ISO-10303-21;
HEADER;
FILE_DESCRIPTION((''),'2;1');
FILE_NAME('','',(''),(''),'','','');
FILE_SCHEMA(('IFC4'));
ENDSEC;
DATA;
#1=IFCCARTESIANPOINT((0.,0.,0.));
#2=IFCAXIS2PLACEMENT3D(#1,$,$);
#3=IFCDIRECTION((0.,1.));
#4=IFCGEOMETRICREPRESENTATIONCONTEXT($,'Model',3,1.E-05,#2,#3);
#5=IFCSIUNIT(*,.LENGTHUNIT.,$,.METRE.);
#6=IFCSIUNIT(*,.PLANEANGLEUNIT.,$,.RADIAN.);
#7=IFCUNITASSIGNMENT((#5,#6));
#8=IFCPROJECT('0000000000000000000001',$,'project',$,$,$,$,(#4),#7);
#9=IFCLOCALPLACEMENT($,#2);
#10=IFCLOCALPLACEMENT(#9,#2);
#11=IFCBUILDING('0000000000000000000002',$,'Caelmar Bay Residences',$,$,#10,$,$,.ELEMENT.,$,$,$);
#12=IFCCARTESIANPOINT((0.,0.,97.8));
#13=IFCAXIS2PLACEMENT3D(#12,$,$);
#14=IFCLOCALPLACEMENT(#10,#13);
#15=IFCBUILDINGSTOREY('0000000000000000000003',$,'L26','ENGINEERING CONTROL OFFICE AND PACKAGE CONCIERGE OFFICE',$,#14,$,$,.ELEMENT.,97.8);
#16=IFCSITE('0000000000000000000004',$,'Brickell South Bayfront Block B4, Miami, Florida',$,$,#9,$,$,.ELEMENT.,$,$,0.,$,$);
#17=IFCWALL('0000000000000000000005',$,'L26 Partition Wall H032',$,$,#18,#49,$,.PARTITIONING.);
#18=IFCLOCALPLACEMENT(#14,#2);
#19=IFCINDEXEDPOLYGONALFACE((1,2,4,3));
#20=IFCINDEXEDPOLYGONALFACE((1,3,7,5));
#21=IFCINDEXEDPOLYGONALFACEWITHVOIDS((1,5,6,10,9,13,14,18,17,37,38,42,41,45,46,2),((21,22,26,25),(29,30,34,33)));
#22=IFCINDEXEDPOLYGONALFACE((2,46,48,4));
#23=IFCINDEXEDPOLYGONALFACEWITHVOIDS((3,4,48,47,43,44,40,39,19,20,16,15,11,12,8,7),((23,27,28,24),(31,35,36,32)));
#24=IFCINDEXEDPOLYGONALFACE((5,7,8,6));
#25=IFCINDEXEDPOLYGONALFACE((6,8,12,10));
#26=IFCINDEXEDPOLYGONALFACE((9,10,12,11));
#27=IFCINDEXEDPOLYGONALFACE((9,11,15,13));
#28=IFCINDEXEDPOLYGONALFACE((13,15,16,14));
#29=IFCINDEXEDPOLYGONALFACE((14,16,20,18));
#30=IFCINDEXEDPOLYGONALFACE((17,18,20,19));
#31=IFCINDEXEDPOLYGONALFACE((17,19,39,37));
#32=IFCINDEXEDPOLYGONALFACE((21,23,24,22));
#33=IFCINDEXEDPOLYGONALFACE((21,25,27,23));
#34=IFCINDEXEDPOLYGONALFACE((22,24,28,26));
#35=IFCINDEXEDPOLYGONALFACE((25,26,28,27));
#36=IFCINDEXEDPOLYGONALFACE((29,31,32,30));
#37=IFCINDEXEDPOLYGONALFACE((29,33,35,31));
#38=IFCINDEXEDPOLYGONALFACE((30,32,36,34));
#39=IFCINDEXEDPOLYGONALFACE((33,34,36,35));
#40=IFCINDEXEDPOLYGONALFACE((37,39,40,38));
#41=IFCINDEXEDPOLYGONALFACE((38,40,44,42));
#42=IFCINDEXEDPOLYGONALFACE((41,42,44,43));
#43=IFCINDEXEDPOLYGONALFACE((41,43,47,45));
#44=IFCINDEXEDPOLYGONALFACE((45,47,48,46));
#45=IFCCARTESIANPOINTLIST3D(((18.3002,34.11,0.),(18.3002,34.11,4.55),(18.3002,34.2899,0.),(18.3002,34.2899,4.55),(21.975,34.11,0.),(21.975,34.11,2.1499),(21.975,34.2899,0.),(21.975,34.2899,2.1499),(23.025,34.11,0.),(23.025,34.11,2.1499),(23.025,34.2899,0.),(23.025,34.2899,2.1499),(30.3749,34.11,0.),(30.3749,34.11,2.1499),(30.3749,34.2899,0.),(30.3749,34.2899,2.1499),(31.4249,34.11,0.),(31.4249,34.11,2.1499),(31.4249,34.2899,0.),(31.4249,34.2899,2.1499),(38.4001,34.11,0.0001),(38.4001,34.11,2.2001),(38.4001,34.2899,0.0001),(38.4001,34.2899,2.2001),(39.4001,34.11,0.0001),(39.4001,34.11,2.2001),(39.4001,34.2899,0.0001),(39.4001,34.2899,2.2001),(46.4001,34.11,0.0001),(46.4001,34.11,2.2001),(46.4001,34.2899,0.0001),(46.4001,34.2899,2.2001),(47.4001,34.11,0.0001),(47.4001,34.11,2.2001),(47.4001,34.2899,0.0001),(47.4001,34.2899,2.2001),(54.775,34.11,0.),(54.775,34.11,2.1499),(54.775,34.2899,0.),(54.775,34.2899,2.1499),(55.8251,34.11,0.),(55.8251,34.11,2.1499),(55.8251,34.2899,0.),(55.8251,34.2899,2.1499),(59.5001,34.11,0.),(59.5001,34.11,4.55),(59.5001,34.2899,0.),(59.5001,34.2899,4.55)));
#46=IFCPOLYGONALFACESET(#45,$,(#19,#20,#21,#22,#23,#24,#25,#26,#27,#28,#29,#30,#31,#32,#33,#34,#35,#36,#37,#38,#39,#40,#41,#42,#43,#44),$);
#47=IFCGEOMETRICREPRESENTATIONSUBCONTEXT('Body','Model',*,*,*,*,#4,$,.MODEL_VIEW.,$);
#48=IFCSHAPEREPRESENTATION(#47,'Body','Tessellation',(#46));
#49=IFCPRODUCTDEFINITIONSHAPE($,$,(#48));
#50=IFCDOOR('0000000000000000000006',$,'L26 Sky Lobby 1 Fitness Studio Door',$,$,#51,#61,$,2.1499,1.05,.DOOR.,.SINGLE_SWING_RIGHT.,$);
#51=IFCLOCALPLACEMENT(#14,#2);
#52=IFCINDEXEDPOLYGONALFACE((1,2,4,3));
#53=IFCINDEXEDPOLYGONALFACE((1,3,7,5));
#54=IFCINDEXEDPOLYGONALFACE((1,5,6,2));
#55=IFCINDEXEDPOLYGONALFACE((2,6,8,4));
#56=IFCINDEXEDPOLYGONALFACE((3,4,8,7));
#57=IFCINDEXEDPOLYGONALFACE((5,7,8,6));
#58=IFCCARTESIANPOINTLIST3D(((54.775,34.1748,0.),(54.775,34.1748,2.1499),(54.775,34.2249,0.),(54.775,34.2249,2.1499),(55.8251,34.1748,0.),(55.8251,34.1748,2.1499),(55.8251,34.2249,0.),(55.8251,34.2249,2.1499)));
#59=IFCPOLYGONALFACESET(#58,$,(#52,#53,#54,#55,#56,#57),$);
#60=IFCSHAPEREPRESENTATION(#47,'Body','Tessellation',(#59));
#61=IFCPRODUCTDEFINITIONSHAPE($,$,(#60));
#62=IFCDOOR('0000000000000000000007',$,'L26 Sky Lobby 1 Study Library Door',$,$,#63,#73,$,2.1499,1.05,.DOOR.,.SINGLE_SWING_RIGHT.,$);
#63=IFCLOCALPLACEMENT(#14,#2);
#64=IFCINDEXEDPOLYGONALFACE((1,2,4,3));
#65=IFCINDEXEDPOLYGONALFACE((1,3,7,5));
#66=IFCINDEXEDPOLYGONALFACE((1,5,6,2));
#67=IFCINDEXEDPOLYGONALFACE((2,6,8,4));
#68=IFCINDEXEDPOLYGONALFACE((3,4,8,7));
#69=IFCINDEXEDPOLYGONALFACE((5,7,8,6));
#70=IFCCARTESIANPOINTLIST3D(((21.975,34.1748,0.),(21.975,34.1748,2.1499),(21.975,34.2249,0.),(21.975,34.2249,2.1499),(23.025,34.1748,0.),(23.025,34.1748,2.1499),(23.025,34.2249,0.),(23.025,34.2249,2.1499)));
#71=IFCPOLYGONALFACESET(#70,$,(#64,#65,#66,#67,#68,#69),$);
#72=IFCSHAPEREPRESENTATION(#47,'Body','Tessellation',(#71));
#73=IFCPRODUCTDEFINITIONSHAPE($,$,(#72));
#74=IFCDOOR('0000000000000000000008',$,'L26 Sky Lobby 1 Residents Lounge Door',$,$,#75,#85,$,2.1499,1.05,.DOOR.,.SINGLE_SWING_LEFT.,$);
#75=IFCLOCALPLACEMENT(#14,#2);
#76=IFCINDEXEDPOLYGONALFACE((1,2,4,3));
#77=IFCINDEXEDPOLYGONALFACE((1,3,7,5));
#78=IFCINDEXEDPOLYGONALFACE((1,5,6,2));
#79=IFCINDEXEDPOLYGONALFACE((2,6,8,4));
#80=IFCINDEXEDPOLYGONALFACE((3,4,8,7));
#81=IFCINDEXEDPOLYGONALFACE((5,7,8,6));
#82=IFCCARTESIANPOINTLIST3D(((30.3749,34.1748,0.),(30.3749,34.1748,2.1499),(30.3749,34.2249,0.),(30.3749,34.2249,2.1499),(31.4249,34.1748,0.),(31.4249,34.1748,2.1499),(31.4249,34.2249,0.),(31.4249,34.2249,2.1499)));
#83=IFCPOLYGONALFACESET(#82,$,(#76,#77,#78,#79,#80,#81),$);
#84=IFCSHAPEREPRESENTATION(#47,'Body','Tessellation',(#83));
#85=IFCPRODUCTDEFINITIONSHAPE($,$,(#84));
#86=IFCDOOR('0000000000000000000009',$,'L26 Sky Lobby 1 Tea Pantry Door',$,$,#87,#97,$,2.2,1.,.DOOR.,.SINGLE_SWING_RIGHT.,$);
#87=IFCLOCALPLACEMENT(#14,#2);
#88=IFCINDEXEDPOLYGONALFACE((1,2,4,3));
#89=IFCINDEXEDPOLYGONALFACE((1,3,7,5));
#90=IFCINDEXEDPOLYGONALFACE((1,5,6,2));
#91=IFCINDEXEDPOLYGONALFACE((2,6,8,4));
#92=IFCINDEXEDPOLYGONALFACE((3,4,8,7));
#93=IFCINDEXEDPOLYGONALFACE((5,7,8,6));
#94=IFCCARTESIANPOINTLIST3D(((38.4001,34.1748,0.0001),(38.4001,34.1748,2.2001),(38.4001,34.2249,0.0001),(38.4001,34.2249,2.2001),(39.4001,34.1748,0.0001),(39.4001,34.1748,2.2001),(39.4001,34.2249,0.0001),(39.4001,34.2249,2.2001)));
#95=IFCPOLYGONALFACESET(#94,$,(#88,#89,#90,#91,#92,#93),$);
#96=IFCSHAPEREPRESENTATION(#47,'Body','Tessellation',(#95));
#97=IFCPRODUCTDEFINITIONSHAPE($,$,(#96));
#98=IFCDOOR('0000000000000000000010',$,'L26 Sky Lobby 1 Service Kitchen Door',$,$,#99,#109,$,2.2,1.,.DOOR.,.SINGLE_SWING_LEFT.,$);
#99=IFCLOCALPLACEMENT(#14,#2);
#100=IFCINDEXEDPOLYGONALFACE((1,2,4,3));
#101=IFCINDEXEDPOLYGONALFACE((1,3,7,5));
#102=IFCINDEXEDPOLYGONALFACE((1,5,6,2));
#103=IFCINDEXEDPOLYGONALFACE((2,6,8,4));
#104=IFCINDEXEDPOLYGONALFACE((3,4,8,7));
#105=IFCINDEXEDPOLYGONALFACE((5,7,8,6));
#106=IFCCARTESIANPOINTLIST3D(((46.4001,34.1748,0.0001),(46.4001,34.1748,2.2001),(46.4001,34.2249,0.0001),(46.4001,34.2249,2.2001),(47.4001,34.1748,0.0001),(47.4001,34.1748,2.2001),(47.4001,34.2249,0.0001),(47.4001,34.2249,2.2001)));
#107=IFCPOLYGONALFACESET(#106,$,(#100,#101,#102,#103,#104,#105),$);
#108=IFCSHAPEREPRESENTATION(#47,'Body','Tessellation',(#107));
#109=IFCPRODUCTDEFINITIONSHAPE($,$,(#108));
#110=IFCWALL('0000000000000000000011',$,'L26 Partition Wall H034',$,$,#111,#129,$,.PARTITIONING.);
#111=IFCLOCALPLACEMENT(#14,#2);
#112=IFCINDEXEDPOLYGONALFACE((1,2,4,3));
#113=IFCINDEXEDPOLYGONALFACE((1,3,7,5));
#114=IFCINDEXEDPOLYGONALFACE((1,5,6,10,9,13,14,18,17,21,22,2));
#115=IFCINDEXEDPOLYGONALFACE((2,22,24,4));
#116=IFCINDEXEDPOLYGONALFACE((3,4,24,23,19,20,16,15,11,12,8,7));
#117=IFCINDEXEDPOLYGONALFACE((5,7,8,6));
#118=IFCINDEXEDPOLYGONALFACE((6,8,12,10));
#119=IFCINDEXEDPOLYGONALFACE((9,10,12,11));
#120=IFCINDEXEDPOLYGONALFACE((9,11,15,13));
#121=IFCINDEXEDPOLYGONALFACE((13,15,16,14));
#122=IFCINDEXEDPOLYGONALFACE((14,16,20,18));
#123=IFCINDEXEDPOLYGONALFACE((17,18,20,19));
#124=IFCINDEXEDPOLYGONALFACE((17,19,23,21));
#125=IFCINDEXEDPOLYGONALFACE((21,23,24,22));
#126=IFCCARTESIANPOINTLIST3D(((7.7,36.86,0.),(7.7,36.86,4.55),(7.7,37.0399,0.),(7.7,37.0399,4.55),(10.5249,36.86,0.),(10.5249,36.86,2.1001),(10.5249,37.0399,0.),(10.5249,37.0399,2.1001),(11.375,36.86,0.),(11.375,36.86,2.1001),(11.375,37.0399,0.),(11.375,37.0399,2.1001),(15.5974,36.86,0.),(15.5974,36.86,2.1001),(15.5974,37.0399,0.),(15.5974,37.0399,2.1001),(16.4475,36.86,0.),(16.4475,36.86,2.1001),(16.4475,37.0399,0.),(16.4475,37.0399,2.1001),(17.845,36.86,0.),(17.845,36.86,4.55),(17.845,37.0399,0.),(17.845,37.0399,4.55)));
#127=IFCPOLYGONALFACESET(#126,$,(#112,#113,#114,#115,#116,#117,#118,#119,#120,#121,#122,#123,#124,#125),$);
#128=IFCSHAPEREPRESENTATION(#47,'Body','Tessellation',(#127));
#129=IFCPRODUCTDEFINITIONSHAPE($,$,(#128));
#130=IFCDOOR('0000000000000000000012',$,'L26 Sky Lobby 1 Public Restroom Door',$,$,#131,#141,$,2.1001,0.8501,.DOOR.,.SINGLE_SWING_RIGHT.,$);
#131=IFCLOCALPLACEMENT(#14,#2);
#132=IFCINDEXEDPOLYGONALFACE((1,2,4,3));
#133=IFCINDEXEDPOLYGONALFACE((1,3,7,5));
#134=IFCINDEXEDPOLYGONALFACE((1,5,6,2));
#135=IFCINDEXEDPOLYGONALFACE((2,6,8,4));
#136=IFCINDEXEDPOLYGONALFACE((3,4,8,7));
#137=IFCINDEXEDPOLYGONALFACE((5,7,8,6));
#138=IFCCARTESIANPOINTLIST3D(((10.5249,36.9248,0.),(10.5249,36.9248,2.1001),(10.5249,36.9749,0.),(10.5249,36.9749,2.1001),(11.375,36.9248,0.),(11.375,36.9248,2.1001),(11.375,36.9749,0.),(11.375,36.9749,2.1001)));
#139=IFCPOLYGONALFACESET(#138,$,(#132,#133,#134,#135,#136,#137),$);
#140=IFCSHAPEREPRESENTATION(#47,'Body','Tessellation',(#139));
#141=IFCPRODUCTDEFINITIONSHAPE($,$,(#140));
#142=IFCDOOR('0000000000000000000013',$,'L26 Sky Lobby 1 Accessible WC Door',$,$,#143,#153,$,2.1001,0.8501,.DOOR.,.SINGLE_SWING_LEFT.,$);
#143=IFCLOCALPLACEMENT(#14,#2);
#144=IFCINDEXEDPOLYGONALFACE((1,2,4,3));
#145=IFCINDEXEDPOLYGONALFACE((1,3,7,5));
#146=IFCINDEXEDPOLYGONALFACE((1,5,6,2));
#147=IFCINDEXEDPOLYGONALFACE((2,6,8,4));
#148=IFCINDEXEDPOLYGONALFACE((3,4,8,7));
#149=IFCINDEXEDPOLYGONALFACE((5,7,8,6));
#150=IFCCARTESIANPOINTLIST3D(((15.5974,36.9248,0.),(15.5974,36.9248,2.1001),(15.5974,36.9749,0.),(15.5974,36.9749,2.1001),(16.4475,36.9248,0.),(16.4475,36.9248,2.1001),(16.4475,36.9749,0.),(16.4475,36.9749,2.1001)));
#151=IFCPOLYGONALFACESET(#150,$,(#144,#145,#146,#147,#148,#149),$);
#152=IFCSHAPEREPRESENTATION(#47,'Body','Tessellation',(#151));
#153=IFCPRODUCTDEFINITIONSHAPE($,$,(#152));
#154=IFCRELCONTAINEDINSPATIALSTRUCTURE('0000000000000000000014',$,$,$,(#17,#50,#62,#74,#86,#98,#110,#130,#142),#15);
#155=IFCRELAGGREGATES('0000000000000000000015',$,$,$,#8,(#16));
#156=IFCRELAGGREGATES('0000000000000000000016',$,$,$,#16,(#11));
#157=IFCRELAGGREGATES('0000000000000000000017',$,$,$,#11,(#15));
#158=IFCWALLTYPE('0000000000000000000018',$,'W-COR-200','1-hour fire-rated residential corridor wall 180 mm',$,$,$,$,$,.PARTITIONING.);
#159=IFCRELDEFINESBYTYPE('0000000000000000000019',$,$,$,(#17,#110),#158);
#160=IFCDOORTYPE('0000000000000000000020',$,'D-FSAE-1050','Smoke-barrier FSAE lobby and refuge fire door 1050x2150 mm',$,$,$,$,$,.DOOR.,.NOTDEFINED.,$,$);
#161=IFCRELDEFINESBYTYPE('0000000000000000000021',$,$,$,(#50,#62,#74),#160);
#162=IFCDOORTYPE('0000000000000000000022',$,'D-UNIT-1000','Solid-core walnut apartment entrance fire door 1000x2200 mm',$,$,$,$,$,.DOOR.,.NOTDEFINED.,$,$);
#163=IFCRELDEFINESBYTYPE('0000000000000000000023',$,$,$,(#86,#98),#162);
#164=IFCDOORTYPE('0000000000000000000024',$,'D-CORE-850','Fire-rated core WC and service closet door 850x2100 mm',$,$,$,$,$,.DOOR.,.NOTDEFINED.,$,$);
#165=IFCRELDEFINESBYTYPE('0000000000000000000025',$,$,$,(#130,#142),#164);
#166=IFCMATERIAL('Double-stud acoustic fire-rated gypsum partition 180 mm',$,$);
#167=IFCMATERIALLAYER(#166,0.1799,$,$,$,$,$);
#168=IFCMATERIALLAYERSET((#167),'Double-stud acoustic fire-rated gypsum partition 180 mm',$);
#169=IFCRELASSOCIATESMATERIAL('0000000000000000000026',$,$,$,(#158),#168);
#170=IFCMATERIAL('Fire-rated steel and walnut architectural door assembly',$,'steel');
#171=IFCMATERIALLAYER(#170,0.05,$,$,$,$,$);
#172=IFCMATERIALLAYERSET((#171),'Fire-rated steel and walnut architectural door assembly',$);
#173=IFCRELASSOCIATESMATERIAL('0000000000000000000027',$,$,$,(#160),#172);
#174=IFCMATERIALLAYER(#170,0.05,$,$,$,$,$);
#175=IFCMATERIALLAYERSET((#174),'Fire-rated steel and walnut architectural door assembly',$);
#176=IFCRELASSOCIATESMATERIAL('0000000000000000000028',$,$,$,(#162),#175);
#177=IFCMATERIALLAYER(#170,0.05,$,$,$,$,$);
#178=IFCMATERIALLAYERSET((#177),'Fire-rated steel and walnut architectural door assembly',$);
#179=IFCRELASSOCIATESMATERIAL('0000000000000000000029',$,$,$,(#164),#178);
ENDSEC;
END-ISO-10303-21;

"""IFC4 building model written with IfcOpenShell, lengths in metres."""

from ifc_helpers import new_model, si_unit, direction, frame, frame_2d, origin, place, context, subcontext, project, spatial, rectangle, extrude, material, layer, layer_set, type_object, element, fill, save


model = new_model("IFC4")

# Units and contexts
model_context = context("Model", 3, precision=1e-05, world=origin(), true_north=direction((0.0, 1.0)))
body_context = subcontext(model_context, "Body", "Model", "MODEL_VIEW")
ifc_project = project(units=[si_unit("LENGTHUNIT", "METRE"), si_unit("PLANEANGLEUNIT", "RADIAN")], contexts=[model_context])

# Site, building, storey
site_placement = place(None, origin())
site = spatial("IfcSite", under=ifc_project, at=site_placement, Name="Brickell South Bayfront Block B4, Miami, Florida", CompositionType="ELEMENT", RefElevation=0.0)
building_placement = place(site_placement, origin())
building = spatial("IfcBuilding", under=site, at=building_placement, Name="Caelmar Bay Residences", CompositionType="ELEMENT")
storey_placement = place(building_placement, frame((0.0, 0.0, 97.8)))
storey = spatial("IfcBuildingStorey", under=building, at=storey_placement, Name="L26", Description="ENGINEERING CONTROL OFFICE AND PACKAGE CONCIERGE OFFICE", CompositionType="ELEMENT", Elevation=97.8)

# Shared definitions
ifc_material_1 = material(Name="Double-stud acoustic fire-rated gypsum partition 180 mm")
ifc_layer_1 = layer(ifc_material_1, 0.1799)
ifc_layer_set_1 = layer_set([ifc_layer_1], Name="Double-stud acoustic fire-rated gypsum partition 180 mm")
wall_type_1 = type_object("IfcWallType", Name="W-COR-200", Description="1-hour fire-rated residential corridor wall 180 mm", PredefinedType="PARTITIONING", material=ifc_layer_set_1)
ifc_material_2 = material(Name="Fire-rated steel and walnut architectural door assembly", Category="steel")
ifc_layer_2 = layer(ifc_material_2, 0.05)
ifc_layer_set_2 = layer_set([ifc_layer_2], Name="Fire-rated steel and walnut architectural door assembly")
door_type_1 = type_object("IfcDoorType", Name="D-FSAE-1050", Description="Smoke-barrier FSAE lobby and refuge fire door 1050x2150 mm", OperationType="NOTDEFINED", PredefinedType="DOOR", material=ifc_layer_set_2)

# Walls, openings, doors
wall_1_placement = place(storey_placement, frame((18.3, 34.2, 0.0), z_axis=(0.0, 0.0, 1.0), x_axis=(1.0, 0.0, 0.0)))
wall_1 = element("IfcWall", 1, at=wall_1_placement, inside=storey, type_object=wall_type_1, Name="L26 Partition Wall H032", PredefinedType="PARTITIONING", context=body_context, shape_type="SweptSolid", body=[
    extrude(rectangle(XDim=41.2, YDim=0.1799, at=frame_2d((20.6001, 0.0))), origin(), (0.0, 0.0, 1.0), 4.55),
])
opening_1_placement = place(wall_1_placement, frame((36.4751, 0.0, 0.0)))
opening_1 = element("IfcOpeningElement", 2, at=opening_1_placement, cuts=wall_1, PredefinedType="OPENING", context=body_context, shape_type="SweptSolid", body=[
    extrude(rectangle(XDim=1.05, YDim=2.1499, at=frame_2d((0.5249, 1.075))), frame((0.0, 0.0999, 0.0), z_axis=(0.0, -1.0, 0.0), x_axis=(1.0, 0.0, 0.0)), (0.0, 0.0, 1.0), 0.2),
])
opening_2_placement = place(wall_1_placement, frame((3.675, 0.0, 0.0)))
opening_2 = element("IfcOpeningElement", 3, at=opening_2_placement, cuts=wall_1, PredefinedType="OPENING", context=body_context, shape_type="SweptSolid", body=[
    extrude(rectangle(XDim=1.05, YDim=2.1499, at=frame_2d((0.5249, 1.075))), frame((0.0, 0.0999, 0.0), z_axis=(0.0, -1.0, 0.0), x_axis=(1.0, 0.0, 0.0)), (0.0, 0.0, 1.0), 0.2),
])
opening_3_placement = place(wall_1_placement, frame((12.075, 0.0, 0.0)))
opening_3 = element("IfcOpeningElement", 4, at=opening_3_placement, cuts=wall_1, PredefinedType="OPENING", context=body_context, shape_type="SweptSolid", body=[
    extrude(rectangle(XDim=1.05, YDim=2.1499, at=frame_2d((0.5249, 1.075))), frame((0.0, 0.0999, 0.0), z_axis=(0.0, -1.0, 0.0), x_axis=(1.0, 0.0, 0.0)), (0.0, 0.0, 1.0), 0.2),
])
opening_4_placement = place(wall_1_placement, frame((20.1001, 0.0, 0.0)))
opening_4 = element("IfcOpeningElement", 5, at=opening_4_placement, cuts=wall_1, PredefinedType="OPENING", context=body_context, shape_type="SweptSolid", body=[
    extrude(rectangle(XDim=1.0, YDim=2.2, at=frame_2d((0.5, 1.1001))), frame((0.0, 0.0999, 0.0), z_axis=(0.0, -1.0, 0.0), x_axis=(1.0, 0.0, 0.0)), (0.0, 0.0, 1.0), 0.2),
])
opening_5_placement = place(wall_1_placement, frame((28.1001, 0.0, 0.0)))
opening_5 = element("IfcOpeningElement", 6, at=opening_5_placement, cuts=wall_1, PredefinedType="OPENING", context=body_context, shape_type="SweptSolid", body=[
    extrude(rectangle(XDim=1.0, YDim=2.2, at=frame_2d((0.5, 1.1001))), frame((0.0, 0.0999, 0.0), z_axis=(0.0, -1.0, 0.0), x_axis=(1.0, 0.0, 0.0)), (0.0, 0.0, 1.0), 0.2),
])
door_1_placement = place(opening_1_placement, origin())
door_1 = element("IfcDoor", 7, at=door_1_placement, inside=storey, type_object=door_type_1, Name="L26 Sky Lobby 1 Fitness Studio Door", OperationType="SINGLE_SWING_RIGHT", OverallHeight=2.1499, OverallWidth=1.05, PredefinedType="DOOR", context=body_context, shape_type="SweptSolid", body=[
    extrude(rectangle(XDim=1.05, YDim=2.1499, at=frame_2d((0.5249, 1.075))), frame((0.0, 0.0249, 0.0), z_axis=(0.0, -1.0, 0.0), x_axis=(1.0, 0.0, 0.0)), (0.0, 0.0, 1.0), 0.05),
])
fill(opening_1, door_1)
door_2_placement = place(opening_2_placement, origin())
door_2 = element("IfcDoor", 8, at=door_2_placement, inside=storey, type_object=door_type_1, Name="L26 Sky Lobby 1 Study Library Door", OperationType="SINGLE_SWING_RIGHT", OverallHeight=2.1499, OverallWidth=1.05, PredefinedType="DOOR", context=body_context, shape_type="SweptSolid", body=[
    extrude(rectangle(XDim=1.05, YDim=2.1499, at=frame_2d((0.5249, 1.075))), frame((0.0, 0.0249, 0.0), z_axis=(0.0, -1.0, 0.0), x_axis=(1.0, 0.0, 0.0)), (0.0, 0.0, 1.0), 0.05),
])
fill(opening_2, door_2)
door_3_placement = place(opening_3_placement, origin())
door_3 = element("IfcDoor", 9, at=door_3_placement, inside=storey, type_object=door_type_1, Name="L26 Sky Lobby 1 Residents Lounge Door", OperationType="SINGLE_SWING_LEFT", OverallHeight=2.1499, OverallWidth=1.05, PredefinedType="DOOR", context=body_context, shape_type="SweptSolid", body=[
    extrude(rectangle(XDim=1.05, YDim=2.1499, at=frame_2d((0.5249, 1.075))), frame((0.0, 0.0249, 0.0), z_axis=(0.0, -1.0, 0.0), x_axis=(1.0, 0.0, 0.0)), (0.0, 0.0, 1.0), 0.05),
])
fill(opening_3, door_3)
ifc_layer_3 = layer(ifc_material_2, 0.05)
ifc_layer_set_3 = layer_set([ifc_layer_3], Name="Fire-rated steel and walnut architectural door assembly")
door_type_2 = type_object("IfcDoorType", Name="D-UNIT-1000", Description="Solid-core walnut apartment entrance fire door 1000x2200 mm", OperationType="NOTDEFINED", PredefinedType="DOOR", material=ifc_layer_set_3)
door_4_placement = place(opening_4_placement, origin())
door_4 = element("IfcDoor", 10, at=door_4_placement, inside=storey, type_object=door_type_2, Name="L26 Sky Lobby 1 Tea Pantry Door", OperationType="SINGLE_SWING_RIGHT", OverallHeight=2.2, OverallWidth=1.0, PredefinedType="DOOR", context=body_context, shape_type="SweptSolid", body=[
    extrude(rectangle(XDim=1.0, YDim=2.2, at=frame_2d((0.5, 1.1001))), frame((0.0, 0.0249, 0.0), z_axis=(0.0, -1.0, 0.0), x_axis=(1.0, 0.0, 0.0)), (0.0, 0.0, 1.0), 0.05),
])
fill(opening_4, door_4)
door_5_placement = place(opening_5_placement, origin())
door_5 = element("IfcDoor", 11, at=door_5_placement, inside=storey, type_object=door_type_2, Name="L26 Sky Lobby 1 Service Kitchen Door", OperationType="SINGLE_SWING_LEFT", OverallHeight=2.2, OverallWidth=1.0, PredefinedType="DOOR", context=body_context, shape_type="SweptSolid", body=[
    extrude(rectangle(XDim=1.0, YDim=2.2, at=frame_2d((0.5, 1.1001))), frame((0.0, 0.0249, 0.0), z_axis=(0.0, -1.0, 0.0), x_axis=(1.0, 0.0, 0.0)), (0.0, 0.0, 1.0), 0.05),
])
fill(opening_5, door_5)
wall_2_placement = place(storey_placement, frame((7.7, 36.95, 0.0), z_axis=(0.0, 0.0, 1.0), x_axis=(1.0, 0.0, 0.0)))
wall_2 = element("IfcWall", 12, at=wall_2_placement, inside=storey, type_object=wall_type_1, Name="L26 Partition Wall H034", PredefinedType="PARTITIONING", context=body_context, shape_type="SweptSolid", body=[
    extrude(rectangle(XDim=10.145, YDim=0.1799, at=frame_2d((5.0725, 0.0))), origin(), (0.0, 0.0, 1.0), 4.55),
])
opening_6_placement = place(wall_2_placement, frame((2.825, 0.0, 0.0)))
opening_6 = element("IfcOpeningElement", 13, at=opening_6_placement, cuts=wall_2, PredefinedType="OPENING", context=body_context, shape_type="SweptSolid", body=[
    extrude(rectangle(XDim=0.8501, YDim=2.1001, at=frame_2d((0.425, 1.05))), frame((0.0, 0.0999, 0.0), z_axis=(0.0, -1.0, 0.0), x_axis=(1.0, 0.0, 0.0)), (0.0, 0.0, 1.0), 0.2),
])
opening_7_placement = place(wall_2_placement, frame((7.8975, 0.0, 0.0)))
opening_7 = element("IfcOpeningElement", 14, at=opening_7_placement, cuts=wall_2, PredefinedType="OPENING", context=body_context, shape_type="SweptSolid", body=[
    extrude(rectangle(XDim=0.8501, YDim=2.1001, at=frame_2d((0.425, 1.05))), frame((0.0, 0.0999, 0.0), z_axis=(0.0, -1.0, 0.0), x_axis=(1.0, 0.0, 0.0)), (0.0, 0.0, 1.0), 0.2),
])
ifc_layer_4 = layer(ifc_material_2, 0.05)
ifc_layer_set_4 = layer_set([ifc_layer_4], Name="Fire-rated steel and walnut architectural door assembly")
door_type_3 = type_object("IfcDoorType", Name="D-CORE-850", Description="Fire-rated core WC and service closet door 850x2100 mm", OperationType="NOTDEFINED", PredefinedType="DOOR", material=ifc_layer_set_4)
door_6_placement = place(opening_6_placement, origin())
door_6 = element("IfcDoor", 15, at=door_6_placement, inside=storey, type_object=door_type_3, Name="L26 Sky Lobby 1 Public Restroom Door", OperationType="SINGLE_SWING_RIGHT", OverallHeight=2.1001, OverallWidth=0.8501, PredefinedType="DOOR", context=body_context, shape_type="SweptSolid", body=[
    extrude(rectangle(XDim=0.8501, YDim=2.1001, at=frame_2d((0.425, 1.05))), frame((0.0, 0.0249, 0.0), z_axis=(0.0, -1.0, 0.0), x_axis=(1.0, 0.0, 0.0)), (0.0, 0.0, 1.0), 0.05),
])
fill(opening_6, door_6)
door_7_placement = place(opening_7_placement, origin())
door_7 = element("IfcDoor", 16, at=door_7_placement, inside=storey, type_object=door_type_3, Name="L26 Sky Lobby 1 Accessible WC Door", OperationType="SINGLE_SWING_LEFT", OverallHeight=2.1001, OverallWidth=0.8501, PredefinedType="DOOR", context=body_context, shape_type="SweptSolid", body=[
    extrude(rectangle(XDim=0.8501, YDim=2.1001, at=frame_2d((0.425, 1.05))), frame((0.0, 0.0249, 0.0), z_axis=(0.0, -1.0, 0.0), x_axis=(1.0, 0.0, 0.0)), (0.0, 0.0, 1.0), 0.05),
])
fill(opening_7, door_7)

save(model, "model.ifc")
